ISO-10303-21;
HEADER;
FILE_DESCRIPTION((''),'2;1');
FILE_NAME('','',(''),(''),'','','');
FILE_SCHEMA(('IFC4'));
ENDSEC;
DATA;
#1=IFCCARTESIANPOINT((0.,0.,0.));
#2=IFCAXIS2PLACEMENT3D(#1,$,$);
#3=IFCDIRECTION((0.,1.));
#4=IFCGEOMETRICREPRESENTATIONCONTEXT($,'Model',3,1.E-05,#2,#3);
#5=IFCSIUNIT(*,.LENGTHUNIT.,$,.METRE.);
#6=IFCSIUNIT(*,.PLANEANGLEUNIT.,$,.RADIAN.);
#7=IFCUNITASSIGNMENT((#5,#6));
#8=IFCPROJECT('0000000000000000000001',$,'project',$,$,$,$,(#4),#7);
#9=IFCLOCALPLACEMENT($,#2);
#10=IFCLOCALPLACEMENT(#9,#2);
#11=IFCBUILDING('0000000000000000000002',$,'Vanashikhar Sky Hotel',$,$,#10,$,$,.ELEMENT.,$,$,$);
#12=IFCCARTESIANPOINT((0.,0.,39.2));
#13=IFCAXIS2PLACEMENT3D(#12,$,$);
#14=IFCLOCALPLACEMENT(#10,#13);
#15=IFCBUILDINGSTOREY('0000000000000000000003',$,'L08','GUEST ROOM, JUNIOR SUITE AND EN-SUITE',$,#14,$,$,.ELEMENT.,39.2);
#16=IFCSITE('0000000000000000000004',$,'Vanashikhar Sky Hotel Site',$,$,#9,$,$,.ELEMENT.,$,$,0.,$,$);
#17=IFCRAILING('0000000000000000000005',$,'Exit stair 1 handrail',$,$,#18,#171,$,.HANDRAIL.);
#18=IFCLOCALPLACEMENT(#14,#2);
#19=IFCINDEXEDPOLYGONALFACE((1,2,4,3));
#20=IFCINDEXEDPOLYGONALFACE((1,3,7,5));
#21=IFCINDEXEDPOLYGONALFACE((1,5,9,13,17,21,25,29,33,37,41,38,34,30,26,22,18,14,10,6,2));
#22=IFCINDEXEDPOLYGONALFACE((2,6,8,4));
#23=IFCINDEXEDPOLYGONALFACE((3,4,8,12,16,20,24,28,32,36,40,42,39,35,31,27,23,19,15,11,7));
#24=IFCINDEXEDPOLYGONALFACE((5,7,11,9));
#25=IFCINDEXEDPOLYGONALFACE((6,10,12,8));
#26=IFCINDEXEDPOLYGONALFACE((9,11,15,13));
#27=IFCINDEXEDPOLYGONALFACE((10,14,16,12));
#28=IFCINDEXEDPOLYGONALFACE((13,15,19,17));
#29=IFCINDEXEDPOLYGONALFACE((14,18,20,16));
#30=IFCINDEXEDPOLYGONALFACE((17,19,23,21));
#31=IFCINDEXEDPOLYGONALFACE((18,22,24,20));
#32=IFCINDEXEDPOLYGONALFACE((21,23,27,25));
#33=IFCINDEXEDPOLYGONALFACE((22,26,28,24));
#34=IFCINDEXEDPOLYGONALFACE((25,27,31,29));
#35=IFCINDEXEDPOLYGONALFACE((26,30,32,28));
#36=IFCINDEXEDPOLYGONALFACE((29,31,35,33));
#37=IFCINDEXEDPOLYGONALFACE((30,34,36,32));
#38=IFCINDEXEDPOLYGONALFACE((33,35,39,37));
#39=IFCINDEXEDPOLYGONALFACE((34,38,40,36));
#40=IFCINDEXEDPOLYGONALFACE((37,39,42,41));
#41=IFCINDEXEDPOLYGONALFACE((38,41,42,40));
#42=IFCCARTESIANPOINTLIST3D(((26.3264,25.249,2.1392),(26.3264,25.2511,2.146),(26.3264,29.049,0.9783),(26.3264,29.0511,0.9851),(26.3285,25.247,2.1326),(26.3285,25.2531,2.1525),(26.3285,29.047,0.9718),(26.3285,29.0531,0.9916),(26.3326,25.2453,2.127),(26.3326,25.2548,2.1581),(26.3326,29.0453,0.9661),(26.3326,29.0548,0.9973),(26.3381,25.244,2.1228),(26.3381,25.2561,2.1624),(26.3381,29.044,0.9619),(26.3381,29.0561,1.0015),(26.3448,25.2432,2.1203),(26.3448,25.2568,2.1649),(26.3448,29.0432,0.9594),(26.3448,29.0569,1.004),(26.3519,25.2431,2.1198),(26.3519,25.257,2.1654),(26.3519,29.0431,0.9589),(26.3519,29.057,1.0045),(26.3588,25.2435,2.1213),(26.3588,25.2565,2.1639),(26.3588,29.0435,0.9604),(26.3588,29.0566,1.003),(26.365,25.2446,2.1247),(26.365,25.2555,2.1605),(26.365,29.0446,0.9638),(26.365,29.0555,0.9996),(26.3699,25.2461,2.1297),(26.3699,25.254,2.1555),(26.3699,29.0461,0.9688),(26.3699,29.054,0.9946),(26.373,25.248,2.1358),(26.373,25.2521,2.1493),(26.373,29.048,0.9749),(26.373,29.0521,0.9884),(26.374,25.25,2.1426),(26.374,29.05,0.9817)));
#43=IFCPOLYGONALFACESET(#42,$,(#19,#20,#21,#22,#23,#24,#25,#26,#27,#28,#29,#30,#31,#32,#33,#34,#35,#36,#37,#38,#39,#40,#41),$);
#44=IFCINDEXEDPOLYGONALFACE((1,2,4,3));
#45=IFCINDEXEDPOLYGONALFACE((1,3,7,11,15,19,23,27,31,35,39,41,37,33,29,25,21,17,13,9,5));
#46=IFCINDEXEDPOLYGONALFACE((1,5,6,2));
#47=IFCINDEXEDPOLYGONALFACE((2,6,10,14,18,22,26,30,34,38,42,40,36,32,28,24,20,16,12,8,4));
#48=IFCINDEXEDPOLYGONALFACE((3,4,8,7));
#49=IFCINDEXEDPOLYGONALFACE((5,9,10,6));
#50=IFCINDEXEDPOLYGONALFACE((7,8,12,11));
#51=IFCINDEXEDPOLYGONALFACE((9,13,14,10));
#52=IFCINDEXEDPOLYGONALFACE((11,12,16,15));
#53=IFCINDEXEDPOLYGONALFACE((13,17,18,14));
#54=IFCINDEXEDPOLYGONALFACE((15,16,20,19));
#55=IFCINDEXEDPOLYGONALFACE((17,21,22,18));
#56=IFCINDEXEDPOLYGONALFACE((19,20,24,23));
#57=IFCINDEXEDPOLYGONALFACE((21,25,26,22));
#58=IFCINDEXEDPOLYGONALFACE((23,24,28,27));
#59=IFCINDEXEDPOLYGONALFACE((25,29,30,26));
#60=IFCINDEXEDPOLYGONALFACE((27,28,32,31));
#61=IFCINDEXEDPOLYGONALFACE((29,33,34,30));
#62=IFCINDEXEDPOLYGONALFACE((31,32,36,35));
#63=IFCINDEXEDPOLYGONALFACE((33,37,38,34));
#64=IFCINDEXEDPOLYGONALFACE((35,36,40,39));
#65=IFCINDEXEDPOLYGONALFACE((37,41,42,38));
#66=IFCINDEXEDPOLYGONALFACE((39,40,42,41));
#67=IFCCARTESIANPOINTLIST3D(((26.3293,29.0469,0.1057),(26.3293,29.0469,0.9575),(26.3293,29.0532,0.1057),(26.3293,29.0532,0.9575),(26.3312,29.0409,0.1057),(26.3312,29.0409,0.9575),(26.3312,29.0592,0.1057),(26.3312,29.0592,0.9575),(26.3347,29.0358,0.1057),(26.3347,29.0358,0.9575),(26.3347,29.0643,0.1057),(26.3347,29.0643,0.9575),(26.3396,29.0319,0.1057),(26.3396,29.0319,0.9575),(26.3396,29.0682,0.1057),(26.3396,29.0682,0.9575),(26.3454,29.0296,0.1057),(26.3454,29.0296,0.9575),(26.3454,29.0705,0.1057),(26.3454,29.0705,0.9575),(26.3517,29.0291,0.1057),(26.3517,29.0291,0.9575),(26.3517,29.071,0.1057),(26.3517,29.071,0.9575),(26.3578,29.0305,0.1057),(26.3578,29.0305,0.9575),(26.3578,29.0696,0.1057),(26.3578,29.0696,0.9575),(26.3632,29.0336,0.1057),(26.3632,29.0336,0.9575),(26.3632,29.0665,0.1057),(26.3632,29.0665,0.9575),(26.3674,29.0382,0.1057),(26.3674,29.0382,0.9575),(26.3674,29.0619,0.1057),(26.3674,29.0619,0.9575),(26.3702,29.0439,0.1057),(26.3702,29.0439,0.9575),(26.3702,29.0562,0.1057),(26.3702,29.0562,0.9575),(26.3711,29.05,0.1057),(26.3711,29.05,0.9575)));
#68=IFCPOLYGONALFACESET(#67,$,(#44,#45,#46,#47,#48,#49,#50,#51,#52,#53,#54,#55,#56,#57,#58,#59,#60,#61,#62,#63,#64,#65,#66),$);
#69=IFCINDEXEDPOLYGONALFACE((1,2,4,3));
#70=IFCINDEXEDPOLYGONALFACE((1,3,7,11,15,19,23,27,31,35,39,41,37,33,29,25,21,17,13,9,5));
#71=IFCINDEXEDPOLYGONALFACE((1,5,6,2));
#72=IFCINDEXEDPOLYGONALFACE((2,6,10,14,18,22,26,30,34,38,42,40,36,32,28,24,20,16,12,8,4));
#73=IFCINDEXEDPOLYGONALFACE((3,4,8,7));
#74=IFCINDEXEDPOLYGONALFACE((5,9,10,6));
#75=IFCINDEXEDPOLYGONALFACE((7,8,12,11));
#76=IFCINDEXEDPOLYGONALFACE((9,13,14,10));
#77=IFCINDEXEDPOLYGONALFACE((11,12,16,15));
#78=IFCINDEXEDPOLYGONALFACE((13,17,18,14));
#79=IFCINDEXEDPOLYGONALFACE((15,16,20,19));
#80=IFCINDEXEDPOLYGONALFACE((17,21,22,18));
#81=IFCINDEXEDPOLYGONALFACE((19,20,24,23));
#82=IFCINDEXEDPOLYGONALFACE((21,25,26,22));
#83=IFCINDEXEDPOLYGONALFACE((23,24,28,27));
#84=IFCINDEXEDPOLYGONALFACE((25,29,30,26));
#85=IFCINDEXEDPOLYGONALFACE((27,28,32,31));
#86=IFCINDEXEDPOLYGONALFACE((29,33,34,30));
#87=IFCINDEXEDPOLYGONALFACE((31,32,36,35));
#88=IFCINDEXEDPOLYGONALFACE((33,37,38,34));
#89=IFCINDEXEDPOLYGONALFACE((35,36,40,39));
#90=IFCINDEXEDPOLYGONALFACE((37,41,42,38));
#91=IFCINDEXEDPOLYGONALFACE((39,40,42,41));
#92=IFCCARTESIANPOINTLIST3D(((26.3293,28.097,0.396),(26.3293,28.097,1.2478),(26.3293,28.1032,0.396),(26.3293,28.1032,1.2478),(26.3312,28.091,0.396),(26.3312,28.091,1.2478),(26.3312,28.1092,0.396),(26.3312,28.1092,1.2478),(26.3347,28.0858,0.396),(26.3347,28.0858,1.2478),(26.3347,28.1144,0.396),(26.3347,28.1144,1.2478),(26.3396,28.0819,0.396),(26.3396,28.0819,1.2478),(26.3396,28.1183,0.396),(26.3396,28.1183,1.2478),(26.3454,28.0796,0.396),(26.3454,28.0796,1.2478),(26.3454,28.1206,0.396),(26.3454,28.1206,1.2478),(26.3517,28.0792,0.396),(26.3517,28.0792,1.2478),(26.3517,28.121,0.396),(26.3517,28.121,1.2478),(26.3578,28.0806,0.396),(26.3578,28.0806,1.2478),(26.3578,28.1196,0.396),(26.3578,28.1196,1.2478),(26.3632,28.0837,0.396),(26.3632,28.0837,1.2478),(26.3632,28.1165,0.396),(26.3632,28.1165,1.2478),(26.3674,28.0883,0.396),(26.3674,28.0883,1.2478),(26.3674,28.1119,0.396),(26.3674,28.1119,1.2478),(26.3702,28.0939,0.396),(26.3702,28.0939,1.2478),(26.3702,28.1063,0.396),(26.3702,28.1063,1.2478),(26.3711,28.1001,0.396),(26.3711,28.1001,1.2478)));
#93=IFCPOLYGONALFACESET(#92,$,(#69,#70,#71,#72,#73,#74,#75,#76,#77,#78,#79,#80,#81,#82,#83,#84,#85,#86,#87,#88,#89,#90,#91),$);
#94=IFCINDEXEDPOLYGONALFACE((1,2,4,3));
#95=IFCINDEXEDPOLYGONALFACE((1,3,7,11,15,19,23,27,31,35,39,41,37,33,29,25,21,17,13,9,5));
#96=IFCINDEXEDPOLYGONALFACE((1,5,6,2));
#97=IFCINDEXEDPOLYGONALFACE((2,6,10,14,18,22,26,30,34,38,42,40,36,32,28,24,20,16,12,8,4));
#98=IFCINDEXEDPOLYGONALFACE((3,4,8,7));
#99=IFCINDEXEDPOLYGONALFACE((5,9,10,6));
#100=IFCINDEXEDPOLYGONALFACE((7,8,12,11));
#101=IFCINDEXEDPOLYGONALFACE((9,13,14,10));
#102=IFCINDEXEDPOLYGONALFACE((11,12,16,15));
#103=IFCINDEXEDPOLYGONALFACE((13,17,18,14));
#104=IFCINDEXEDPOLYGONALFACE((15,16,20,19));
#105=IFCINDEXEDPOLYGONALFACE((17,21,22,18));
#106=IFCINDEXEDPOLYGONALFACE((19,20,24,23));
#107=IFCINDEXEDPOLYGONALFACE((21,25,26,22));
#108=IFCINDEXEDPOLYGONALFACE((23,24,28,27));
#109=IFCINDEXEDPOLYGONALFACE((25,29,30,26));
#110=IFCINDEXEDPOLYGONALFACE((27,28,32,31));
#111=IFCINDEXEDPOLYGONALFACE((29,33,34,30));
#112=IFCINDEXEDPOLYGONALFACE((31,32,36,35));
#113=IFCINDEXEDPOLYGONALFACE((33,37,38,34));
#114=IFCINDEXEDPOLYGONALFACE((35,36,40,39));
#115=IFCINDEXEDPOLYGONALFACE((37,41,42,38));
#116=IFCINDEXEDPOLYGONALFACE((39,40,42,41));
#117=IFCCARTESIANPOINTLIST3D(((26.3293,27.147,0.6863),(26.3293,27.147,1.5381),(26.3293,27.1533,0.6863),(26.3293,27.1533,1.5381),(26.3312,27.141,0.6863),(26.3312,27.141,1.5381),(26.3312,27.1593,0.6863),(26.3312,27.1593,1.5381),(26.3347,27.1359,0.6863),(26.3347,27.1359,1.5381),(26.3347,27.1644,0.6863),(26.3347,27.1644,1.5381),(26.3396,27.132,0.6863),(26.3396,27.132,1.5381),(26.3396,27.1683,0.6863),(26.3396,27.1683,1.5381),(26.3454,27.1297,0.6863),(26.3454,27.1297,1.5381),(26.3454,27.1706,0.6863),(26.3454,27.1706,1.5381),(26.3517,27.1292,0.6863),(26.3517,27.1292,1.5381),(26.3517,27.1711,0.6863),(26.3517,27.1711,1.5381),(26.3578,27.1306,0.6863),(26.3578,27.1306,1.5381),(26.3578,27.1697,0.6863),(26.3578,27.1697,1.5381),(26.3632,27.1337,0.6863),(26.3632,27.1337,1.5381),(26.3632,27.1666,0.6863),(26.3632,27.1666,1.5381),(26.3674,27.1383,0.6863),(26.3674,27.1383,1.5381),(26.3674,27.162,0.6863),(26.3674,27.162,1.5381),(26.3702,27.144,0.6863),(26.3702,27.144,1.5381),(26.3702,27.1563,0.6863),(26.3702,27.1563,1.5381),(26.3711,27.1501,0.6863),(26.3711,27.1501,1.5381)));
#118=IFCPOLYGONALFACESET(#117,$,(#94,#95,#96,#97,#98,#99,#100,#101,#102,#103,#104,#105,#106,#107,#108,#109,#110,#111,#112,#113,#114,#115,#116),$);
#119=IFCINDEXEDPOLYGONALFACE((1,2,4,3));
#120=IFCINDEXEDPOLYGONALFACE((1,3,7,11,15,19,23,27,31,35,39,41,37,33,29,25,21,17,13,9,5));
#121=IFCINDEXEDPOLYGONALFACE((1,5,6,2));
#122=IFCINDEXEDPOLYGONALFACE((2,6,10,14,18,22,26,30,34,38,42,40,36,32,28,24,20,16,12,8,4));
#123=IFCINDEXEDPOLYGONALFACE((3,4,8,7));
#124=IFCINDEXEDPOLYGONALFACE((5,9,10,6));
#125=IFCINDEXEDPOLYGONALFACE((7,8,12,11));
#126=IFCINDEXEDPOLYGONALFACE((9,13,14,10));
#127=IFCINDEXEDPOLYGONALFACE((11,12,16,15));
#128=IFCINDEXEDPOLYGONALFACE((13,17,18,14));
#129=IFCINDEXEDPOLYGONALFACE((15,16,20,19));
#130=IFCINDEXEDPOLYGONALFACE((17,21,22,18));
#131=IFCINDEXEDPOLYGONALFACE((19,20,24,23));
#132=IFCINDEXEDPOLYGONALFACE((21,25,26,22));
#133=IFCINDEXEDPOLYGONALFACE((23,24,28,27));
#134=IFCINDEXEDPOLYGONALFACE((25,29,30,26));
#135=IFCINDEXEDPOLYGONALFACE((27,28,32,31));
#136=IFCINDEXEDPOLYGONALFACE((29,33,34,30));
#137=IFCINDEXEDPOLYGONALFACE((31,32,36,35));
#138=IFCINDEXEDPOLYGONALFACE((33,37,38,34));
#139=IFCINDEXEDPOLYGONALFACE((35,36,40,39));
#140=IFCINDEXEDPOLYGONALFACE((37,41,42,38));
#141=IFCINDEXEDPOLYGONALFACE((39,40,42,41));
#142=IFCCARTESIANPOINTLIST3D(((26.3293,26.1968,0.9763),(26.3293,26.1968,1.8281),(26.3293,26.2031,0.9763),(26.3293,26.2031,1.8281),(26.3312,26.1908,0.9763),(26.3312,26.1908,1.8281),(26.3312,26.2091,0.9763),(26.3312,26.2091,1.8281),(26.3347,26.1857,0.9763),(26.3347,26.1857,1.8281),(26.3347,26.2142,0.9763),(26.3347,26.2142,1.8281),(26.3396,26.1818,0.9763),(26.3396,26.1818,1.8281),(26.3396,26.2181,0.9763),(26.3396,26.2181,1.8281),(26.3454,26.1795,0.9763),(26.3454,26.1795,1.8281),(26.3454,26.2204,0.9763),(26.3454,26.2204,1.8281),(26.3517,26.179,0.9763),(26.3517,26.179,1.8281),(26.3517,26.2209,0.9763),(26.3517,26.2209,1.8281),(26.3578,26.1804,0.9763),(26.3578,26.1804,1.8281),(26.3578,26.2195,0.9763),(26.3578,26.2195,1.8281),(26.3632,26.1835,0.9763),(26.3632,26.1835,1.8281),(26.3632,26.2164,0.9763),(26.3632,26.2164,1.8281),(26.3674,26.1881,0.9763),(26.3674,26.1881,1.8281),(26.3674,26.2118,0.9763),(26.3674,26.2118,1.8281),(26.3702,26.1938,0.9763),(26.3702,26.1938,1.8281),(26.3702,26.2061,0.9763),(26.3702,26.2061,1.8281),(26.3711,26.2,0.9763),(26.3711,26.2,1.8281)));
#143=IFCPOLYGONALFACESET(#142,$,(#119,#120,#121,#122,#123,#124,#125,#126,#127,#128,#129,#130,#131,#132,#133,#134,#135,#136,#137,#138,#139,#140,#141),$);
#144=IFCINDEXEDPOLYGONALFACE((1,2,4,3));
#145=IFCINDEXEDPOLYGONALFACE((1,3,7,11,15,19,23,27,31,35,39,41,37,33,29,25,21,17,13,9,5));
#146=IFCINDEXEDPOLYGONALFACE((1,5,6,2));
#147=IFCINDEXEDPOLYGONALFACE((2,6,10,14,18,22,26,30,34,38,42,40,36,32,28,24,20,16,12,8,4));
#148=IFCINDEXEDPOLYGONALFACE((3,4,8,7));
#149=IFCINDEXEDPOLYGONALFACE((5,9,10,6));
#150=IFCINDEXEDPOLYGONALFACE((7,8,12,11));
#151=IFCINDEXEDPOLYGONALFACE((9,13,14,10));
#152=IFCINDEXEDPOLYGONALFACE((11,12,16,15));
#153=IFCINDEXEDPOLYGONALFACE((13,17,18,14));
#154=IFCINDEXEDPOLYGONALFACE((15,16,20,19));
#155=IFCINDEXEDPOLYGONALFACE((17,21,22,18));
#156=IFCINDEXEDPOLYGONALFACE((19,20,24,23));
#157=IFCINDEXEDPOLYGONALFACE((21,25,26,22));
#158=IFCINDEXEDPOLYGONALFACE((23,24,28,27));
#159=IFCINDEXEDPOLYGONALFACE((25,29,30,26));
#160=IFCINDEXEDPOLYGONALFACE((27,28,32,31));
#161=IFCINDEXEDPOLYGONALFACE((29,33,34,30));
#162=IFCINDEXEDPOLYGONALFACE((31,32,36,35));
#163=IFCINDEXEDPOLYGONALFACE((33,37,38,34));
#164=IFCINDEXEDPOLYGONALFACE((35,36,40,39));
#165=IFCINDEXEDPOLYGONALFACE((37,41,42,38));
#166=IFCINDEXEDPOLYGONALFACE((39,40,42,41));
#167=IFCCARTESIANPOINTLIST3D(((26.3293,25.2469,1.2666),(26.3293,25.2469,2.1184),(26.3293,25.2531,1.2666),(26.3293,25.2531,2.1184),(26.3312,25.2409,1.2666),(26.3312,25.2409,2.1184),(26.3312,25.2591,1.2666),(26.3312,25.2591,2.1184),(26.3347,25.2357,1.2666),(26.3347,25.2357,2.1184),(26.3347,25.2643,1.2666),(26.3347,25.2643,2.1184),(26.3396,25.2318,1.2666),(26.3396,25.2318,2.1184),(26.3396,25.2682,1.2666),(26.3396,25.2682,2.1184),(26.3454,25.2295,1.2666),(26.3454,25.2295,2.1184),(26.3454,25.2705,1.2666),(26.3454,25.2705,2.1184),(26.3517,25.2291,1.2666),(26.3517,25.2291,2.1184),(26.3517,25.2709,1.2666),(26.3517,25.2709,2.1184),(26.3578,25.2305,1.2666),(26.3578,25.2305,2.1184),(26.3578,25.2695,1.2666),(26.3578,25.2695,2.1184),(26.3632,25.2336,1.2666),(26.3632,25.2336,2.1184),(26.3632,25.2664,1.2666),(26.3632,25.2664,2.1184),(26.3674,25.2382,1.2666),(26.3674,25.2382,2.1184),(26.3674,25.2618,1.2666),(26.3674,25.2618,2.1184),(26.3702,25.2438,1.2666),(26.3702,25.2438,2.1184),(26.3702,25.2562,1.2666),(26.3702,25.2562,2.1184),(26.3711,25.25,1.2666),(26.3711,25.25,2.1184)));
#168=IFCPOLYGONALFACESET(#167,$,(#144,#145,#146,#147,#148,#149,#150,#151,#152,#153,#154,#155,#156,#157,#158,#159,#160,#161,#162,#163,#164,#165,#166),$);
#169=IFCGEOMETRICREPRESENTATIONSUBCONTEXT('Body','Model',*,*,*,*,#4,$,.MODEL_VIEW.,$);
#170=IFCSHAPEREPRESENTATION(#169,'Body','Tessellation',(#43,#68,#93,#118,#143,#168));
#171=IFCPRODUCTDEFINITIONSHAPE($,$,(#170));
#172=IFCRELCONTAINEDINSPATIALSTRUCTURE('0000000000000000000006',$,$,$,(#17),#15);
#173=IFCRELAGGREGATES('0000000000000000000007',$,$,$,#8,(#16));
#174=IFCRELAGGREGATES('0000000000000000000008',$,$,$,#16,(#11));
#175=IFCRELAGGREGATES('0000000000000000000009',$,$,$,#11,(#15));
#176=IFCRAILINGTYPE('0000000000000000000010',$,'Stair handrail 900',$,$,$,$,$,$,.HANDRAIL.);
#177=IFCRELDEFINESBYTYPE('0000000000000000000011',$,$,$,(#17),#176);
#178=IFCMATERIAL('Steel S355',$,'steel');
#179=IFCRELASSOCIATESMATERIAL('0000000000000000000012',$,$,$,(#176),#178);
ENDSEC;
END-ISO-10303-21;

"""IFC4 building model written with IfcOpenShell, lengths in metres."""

from ifc_helpers import new_model, si_unit, direction, frame, origin, origin_2d, place, context, subcontext, project, spatial, circle, extrude, source, transform, mapped, material, type_object, element, save


model = new_model("IFC4")

# Units and contexts
model_context = context("Model", 3, precision=1e-05, world=origin(), true_north=direction((0.0, 1.0)))
body_context = subcontext(model_context, "Body", "Model", "MODEL_VIEW")
ifc_project = project(units=[si_unit("LENGTHUNIT", "METRE"), si_unit("PLANEANGLEUNIT", "RADIAN")], contexts=[model_context])

# Site, building, storey
site_placement = place(None, origin())
site = spatial("IfcSite", under=ifc_project, at=site_placement, Name="Vanashikhar Sky Hotel Site", CompositionType="ELEMENT", RefElevation=0.0)
building_placement = place(site_placement, origin())
building = spatial("IfcBuilding", under=site, at=building_placement, Name="Vanashikhar Sky Hotel", CompositionType="ELEMENT")
storey_placement = place(building_placement, frame((0.0, 0.0, 39.2)))
storey = spatial("IfcBuildingStorey", under=building, at=storey_placement, Name="L08", Description="GUEST ROOM, JUNIOR SUITE AND EN-SUITE", CompositionType="ELEMENT", Elevation=39.2)

# Railing
ifc_material_1 = material(Name="Steel S355", Category="steel")
railing_type = type_object("IfcRailingType", Name="Stair handrail 900", PredefinedType="HANDRAIL", material=ifc_material_1)
shared_shape_1 = source(origin(), body_context, "Body", "SweptSolid", [
    extrude(circle(Radius=0.0239, at=origin_2d()), frame((0.0, 0.0, 0.876), z_axis=(0.0, -0.956368, 0.292164), x_axis=(1.0, 0.0, 0.0)), (0.0, 0.0, 1.0), 3.9734),
    extrude(circle(Radius=0.021, at=origin_2d()), origin(), (0.0, 0.0, 1.0), 0.8518),
    extrude(circle(Radius=0.021, at=origin_2d()), frame((0.0, -0.95, 0.2903)), (0.0, 0.0, 1.0), 0.8518),
    extrude(circle(Radius=0.021, at=origin_2d()), frame((0.0, -1.8999, 0.5806)), (0.0, 0.0, 1.0), 0.8518),
    extrude(circle(Radius=0.021, at=origin_2d()), frame((0.0, -2.8501, 0.8706)), (0.0, 0.0, 1.0), 0.8518),
    extrude(circle(Radius=0.021, at=origin_2d()), frame((0.0, -3.8, 1.1609)), (0.0, 0.0, 1.0), 0.8518),
])
railing_1_placement = place(storey_placement, frame((26.3501, 29.05, 0.1057)))
element("IfcRailing", 1, at=railing_1_placement, inside=storey, type_object=railing_type, Name="Exit stair 1 handrail", PredefinedType="HANDRAIL", context=body_context, shape_type="MappedRepresentation", body=[
    mapped(shared_shape_1, transform((0.0, 0.0, 0.0), scale=1.0)),
])

save(model, "model.ifc")
